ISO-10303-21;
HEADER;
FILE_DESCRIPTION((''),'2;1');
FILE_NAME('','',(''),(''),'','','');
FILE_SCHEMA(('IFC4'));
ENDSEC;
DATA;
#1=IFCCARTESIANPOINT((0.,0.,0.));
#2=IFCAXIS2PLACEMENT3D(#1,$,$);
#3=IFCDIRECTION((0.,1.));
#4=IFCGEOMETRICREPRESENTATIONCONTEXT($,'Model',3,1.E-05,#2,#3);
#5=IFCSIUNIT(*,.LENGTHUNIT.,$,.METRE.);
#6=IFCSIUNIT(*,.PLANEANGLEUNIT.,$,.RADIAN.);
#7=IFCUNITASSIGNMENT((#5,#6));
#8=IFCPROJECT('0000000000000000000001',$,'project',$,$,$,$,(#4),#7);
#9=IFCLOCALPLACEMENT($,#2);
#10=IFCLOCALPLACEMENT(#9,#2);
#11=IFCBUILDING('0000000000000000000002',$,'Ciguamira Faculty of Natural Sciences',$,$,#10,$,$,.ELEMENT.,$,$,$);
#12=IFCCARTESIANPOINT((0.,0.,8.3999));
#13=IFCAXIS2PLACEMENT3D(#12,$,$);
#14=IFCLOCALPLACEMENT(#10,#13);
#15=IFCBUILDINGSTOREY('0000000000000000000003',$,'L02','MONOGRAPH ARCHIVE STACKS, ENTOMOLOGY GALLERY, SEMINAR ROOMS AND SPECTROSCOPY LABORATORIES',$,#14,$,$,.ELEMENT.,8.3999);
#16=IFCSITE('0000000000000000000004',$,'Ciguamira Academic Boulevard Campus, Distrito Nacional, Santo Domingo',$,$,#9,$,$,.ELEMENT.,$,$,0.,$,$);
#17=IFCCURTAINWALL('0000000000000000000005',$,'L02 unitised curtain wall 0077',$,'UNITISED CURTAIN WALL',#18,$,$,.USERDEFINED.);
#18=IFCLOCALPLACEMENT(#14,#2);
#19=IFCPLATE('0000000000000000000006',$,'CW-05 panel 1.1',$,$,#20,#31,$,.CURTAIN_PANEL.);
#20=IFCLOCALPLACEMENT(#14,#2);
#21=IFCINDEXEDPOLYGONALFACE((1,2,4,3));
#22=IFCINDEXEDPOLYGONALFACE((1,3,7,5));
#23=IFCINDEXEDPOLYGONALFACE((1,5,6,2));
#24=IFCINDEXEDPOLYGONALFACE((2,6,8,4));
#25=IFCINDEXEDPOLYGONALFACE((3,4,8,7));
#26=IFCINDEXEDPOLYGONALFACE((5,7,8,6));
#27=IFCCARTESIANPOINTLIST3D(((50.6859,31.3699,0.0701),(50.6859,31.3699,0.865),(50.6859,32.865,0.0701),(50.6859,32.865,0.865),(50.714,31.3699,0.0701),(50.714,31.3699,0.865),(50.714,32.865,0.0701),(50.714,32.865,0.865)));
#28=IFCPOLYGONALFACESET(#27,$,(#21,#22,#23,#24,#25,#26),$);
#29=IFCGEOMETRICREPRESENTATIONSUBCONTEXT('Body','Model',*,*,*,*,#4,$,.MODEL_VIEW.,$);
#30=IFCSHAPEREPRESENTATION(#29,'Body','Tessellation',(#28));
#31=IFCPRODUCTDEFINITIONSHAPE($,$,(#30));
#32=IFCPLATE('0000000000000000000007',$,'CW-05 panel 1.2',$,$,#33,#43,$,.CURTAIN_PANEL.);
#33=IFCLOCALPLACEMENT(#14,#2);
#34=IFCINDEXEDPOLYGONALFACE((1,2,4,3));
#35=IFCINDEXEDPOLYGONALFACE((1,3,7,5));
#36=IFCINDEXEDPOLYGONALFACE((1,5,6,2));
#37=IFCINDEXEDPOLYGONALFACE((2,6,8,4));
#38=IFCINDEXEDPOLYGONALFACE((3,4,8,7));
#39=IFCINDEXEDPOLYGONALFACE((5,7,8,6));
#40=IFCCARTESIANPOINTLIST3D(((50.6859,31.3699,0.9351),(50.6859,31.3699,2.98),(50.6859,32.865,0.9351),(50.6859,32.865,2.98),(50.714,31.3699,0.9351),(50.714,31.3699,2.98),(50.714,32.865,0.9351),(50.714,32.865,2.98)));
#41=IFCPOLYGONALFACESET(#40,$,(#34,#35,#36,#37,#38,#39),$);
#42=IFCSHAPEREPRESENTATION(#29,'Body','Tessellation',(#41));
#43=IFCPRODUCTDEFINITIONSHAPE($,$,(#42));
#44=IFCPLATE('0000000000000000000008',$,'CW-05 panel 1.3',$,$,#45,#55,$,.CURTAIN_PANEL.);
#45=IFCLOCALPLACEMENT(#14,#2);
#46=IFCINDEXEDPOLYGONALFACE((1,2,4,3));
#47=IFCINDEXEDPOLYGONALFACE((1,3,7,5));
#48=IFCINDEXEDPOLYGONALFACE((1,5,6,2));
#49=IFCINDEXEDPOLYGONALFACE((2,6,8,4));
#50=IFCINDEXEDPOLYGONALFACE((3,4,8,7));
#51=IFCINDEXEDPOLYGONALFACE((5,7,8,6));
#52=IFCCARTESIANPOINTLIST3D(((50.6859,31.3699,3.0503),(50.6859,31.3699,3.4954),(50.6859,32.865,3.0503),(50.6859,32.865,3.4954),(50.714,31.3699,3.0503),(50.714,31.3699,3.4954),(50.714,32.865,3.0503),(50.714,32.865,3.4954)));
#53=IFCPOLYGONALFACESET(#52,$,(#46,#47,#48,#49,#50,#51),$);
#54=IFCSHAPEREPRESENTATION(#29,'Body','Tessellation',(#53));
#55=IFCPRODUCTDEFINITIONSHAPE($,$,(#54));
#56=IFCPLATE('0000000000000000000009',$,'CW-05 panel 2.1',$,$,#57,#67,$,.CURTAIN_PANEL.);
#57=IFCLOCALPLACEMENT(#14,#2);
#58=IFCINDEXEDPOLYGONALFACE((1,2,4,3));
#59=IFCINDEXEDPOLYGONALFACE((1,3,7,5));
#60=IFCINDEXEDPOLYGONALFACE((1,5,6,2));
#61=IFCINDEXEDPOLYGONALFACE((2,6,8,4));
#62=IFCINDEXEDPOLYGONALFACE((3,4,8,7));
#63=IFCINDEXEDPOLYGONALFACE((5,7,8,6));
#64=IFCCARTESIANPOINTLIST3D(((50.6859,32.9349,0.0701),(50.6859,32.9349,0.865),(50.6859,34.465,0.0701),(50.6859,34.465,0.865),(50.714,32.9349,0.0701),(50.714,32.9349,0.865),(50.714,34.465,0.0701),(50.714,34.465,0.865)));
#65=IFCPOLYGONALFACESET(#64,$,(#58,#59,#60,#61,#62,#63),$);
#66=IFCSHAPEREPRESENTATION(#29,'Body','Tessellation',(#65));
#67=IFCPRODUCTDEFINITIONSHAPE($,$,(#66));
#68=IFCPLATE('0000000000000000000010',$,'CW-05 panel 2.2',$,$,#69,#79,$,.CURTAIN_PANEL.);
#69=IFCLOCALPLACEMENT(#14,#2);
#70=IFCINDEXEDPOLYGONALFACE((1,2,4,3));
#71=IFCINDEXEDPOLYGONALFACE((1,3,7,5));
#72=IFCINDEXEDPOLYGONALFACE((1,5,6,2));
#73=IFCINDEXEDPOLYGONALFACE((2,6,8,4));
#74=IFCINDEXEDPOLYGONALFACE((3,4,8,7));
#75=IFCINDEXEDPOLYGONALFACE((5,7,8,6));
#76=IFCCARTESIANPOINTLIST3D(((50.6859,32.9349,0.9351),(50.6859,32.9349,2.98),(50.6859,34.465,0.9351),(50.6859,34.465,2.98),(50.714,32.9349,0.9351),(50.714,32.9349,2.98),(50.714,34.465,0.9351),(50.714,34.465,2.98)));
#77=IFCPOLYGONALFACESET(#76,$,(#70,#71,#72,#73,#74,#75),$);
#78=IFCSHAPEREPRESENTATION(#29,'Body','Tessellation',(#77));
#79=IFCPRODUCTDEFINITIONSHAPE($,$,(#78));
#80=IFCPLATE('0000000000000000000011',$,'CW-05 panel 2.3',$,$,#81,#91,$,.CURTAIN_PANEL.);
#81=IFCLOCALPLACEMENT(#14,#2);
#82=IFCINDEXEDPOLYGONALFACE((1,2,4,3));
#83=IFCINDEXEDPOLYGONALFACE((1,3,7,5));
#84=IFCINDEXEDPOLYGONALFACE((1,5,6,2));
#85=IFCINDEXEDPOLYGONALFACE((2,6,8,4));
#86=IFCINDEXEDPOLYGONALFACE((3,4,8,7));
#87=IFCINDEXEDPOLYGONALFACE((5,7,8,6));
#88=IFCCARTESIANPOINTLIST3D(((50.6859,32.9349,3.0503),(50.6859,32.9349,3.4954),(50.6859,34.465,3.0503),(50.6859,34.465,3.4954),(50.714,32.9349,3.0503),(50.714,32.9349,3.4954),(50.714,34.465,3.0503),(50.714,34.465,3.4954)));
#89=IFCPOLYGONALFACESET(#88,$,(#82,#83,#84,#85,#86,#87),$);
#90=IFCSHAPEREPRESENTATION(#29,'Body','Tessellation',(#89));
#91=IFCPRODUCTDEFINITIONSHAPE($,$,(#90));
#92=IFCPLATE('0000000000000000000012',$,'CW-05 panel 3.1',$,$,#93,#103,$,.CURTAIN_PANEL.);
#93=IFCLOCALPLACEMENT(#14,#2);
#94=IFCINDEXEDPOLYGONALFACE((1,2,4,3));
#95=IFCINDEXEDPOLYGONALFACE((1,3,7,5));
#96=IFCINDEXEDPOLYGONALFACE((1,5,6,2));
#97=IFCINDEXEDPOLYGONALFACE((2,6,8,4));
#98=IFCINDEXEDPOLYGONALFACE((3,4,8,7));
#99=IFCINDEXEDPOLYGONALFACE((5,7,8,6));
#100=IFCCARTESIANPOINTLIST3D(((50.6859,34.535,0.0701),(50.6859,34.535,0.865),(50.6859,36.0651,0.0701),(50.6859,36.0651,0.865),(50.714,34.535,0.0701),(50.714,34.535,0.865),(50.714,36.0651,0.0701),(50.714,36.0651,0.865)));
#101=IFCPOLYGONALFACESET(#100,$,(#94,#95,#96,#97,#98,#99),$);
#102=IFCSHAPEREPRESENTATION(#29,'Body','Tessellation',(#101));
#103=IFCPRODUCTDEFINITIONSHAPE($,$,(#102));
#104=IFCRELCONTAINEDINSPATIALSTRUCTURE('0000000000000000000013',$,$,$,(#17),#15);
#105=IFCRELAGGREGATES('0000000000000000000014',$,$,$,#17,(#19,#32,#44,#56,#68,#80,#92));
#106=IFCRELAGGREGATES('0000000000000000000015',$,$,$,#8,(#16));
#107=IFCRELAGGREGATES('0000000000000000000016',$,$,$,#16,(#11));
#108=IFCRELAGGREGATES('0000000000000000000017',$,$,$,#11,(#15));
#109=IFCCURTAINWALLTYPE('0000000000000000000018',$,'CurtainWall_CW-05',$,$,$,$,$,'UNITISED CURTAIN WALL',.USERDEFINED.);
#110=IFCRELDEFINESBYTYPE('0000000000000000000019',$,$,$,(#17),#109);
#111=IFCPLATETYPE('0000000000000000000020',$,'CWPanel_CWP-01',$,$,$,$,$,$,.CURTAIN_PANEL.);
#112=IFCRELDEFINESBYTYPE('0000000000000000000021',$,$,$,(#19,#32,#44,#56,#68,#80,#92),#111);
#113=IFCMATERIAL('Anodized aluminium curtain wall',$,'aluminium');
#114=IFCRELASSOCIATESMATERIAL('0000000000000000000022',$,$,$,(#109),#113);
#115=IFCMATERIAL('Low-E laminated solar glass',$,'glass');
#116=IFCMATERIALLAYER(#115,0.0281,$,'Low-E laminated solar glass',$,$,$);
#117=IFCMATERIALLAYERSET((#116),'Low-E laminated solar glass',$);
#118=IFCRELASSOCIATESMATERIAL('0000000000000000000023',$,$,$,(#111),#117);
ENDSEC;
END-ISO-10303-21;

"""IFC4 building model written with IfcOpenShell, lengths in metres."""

from ifc_helpers import new_model, si_unit, direction, frame, origin, origin_2d, place, context, subcontext, project, spatial, rectangle, extrude, material, layer, layer_set, type_object, element, aggregate, save


model = new_model("IFC4")

# Units and contexts
model_context = context("Model", 3, precision=1e-05, world=origin(), true_north=direction((0.0, 1.0)))
body_context = subcontext(model_context, "Body", "Model", "MODEL_VIEW")
ifc_project = project(units=[si_unit("LENGTHUNIT", "METRE"), si_unit("PLANEANGLEUNIT", "RADIAN")], contexts=[model_context])

# Site, building, storey
site_placement = place(None, origin())
site = spatial("IfcSite", under=ifc_project, at=site_placement, Name="Ciguamira Academic Boulevard Campus, Distrito Nacional, Santo Domingo", CompositionType="ELEMENT", RefElevation=0.0)
building_placement = place(site_placement, origin())
building = spatial("IfcBuilding", under=site, at=building_placement, Name="Ciguamira Faculty of Natural Sciences", CompositionType="ELEMENT")
storey_placement = place(building_placement, frame((0.0, 0.0, 8.3999)))
storey = spatial("IfcBuildingStorey", under=building, at=storey_placement, Name="L02", Description="MONOGRAPH ARCHIVE STACKS, ENTOMOLOGY GALLERY, SEMINAR ROOMS AND SPECTROSCOPY LABORATORIES", CompositionType="ELEMENT", Elevation=8.3999)

# Curtain wall, plates
ifc_material_1 = material(Name="Anodized aluminium curtain wall", Category="aluminium")
curtain_wall_type = type_object("IfcCurtainWallType", Name="CurtainWall_CW-05", ElementType="UNITISED CURTAIN WALL", PredefinedType="USERDEFINED", material=ifc_material_1)
curtain_wall_placement = place(storey_placement, origin())
curtain_wall = element("IfcCurtainWall", 1, at=curtain_wall_placement, inside=storey, type_object=curtain_wall_type, Name="L02 unitised curtain wall 0077", ObjectType="UNITISED CURTAIN WALL", PredefinedType="USERDEFINED")
ifc_material_2 = material(Name="Low-E laminated solar glass", Category="glass")
ifc_layer = layer(ifc_material_2, 0.0281, Name="Low-E laminated solar glass")
ifc_layer_set = layer_set([ifc_layer], Name="Low-E laminated solar glass")
plate_type = type_object("IfcPlateType", Name="CWPanel_CWP-01", PredefinedType="CURTAIN_PANEL", material=ifc_layer_set)
plate_1_placement = place(storey_placement, frame((50.7, 32.1174, 0.0701), z_axis=(0.0, 0.0, 1.0), x_axis=(0.0, 1.0, 0.0)))
plate_1 = element("IfcPlate", 2, at=plate_1_placement, type_object=plate_type, Name="CW-05 panel 1.1", PredefinedType="CURTAIN_PANEL", context=body_context, shape_type="SweptSolid", body=[
    extrude(rectangle(XDim=1.4951, YDim=0.0281, at=origin_2d()), origin(), (0.0, 0.0, 1.0), 0.7949),
])
plate_2_placement = place(storey_placement, frame((50.7, 32.1174, 0.9351), z_axis=(0.0, 0.0, 1.0), x_axis=(0.0, 1.0, 0.0)))
plate_2 = element("IfcPlate", 3, at=plate_2_placement, type_object=plate_type, Name="CW-05 panel 1.2", PredefinedType="CURTAIN_PANEL", context=body_context, shape_type="SweptSolid", body=[
    extrude(rectangle(XDim=1.4951, YDim=0.0281, at=origin_2d()), origin(), (0.0, 0.0, 1.0), 2.0449),
])
plate_3_placement = place(storey_placement, frame((50.7, 32.1174, 3.0503), z_axis=(0.0, 0.0, 1.0), x_axis=(0.0, 1.0, 0.0)))
plate_3 = element("IfcPlate", 4, at=plate_3_placement, type_object=plate_type, Name="CW-05 panel 1.3", PredefinedType="CURTAIN_PANEL", context=body_context, shape_type="SweptSolid", body=[
    extrude(rectangle(XDim=1.4951, YDim=0.0281, at=origin_2d()), origin(), (0.0, 0.0, 1.0), 0.4451),
])
plate_4_placement = place(storey_placement, frame((50.7, 33.7, 0.0701), z_axis=(0.0, 0.0, 1.0), x_axis=(0.0, 1.0, 0.0)))
plate_4 = element("IfcPlate", 5, at=plate_4_placement, type_object=plate_type, Name="CW-05 panel 2.1", PredefinedType="CURTAIN_PANEL", context=body_context, shape_type="SweptSolid", body=[
    extrude(rectangle(XDim=1.53, YDim=0.0281, at=origin_2d()), origin(), (0.0, 0.0, 1.0), 0.7949),
])
plate_5_placement = place(storey_placement, frame((50.7, 33.7, 0.9351), z_axis=(0.0, 0.0, 1.0), x_axis=(0.0, 1.0, 0.0)))
plate_5 = element("IfcPlate", 6, at=plate_5_placement, type_object=plate_type, Name="CW-05 panel 2.2", PredefinedType="CURTAIN_PANEL", context=body_context, shape_type="SweptSolid", body=[
    extrude(rectangle(XDim=1.53, YDim=0.0281, at=origin_2d()), origin(), (0.0, 0.0, 1.0), 2.0449),
])
plate_6_placement = place(storey_placement, frame((50.7, 33.7, 3.0503), z_axis=(0.0, 0.0, 1.0), x_axis=(0.0, 1.0, 0.0)))
plate_6 = element("IfcPlate", 7, at=plate_6_placement, type_object=plate_type, Name="CW-05 panel 2.3", PredefinedType="CURTAIN_PANEL", context=body_context, shape_type="SweptSolid", body=[
    extrude(rectangle(XDim=1.53, YDim=0.0281, at=origin_2d()), origin(), (0.0, 0.0, 1.0), 0.4451),
])
plate_7_placement = place(storey_placement, frame((50.7, 35.3, 0.0701), z_axis=(0.0, 0.0, 1.0), x_axis=(0.0, 1.0, 0.0)))
plate_7 = element("IfcPlate", 8, at=plate_7_placement, type_object=plate_type, Name="CW-05 panel 3.1", PredefinedType="CURTAIN_PANEL", context=body_context, shape_type="SweptSolid", body=[
    extrude(rectangle(XDim=1.53, YDim=0.0281, at=origin_2d()), origin(), (0.0, 0.0, 1.0), 0.7949),
])
aggregate(curtain_wall, [plate_1, plate_2, plate_3, plate_4, plate_5, plate_6, plate_7])

save(model, "model.ifc")
